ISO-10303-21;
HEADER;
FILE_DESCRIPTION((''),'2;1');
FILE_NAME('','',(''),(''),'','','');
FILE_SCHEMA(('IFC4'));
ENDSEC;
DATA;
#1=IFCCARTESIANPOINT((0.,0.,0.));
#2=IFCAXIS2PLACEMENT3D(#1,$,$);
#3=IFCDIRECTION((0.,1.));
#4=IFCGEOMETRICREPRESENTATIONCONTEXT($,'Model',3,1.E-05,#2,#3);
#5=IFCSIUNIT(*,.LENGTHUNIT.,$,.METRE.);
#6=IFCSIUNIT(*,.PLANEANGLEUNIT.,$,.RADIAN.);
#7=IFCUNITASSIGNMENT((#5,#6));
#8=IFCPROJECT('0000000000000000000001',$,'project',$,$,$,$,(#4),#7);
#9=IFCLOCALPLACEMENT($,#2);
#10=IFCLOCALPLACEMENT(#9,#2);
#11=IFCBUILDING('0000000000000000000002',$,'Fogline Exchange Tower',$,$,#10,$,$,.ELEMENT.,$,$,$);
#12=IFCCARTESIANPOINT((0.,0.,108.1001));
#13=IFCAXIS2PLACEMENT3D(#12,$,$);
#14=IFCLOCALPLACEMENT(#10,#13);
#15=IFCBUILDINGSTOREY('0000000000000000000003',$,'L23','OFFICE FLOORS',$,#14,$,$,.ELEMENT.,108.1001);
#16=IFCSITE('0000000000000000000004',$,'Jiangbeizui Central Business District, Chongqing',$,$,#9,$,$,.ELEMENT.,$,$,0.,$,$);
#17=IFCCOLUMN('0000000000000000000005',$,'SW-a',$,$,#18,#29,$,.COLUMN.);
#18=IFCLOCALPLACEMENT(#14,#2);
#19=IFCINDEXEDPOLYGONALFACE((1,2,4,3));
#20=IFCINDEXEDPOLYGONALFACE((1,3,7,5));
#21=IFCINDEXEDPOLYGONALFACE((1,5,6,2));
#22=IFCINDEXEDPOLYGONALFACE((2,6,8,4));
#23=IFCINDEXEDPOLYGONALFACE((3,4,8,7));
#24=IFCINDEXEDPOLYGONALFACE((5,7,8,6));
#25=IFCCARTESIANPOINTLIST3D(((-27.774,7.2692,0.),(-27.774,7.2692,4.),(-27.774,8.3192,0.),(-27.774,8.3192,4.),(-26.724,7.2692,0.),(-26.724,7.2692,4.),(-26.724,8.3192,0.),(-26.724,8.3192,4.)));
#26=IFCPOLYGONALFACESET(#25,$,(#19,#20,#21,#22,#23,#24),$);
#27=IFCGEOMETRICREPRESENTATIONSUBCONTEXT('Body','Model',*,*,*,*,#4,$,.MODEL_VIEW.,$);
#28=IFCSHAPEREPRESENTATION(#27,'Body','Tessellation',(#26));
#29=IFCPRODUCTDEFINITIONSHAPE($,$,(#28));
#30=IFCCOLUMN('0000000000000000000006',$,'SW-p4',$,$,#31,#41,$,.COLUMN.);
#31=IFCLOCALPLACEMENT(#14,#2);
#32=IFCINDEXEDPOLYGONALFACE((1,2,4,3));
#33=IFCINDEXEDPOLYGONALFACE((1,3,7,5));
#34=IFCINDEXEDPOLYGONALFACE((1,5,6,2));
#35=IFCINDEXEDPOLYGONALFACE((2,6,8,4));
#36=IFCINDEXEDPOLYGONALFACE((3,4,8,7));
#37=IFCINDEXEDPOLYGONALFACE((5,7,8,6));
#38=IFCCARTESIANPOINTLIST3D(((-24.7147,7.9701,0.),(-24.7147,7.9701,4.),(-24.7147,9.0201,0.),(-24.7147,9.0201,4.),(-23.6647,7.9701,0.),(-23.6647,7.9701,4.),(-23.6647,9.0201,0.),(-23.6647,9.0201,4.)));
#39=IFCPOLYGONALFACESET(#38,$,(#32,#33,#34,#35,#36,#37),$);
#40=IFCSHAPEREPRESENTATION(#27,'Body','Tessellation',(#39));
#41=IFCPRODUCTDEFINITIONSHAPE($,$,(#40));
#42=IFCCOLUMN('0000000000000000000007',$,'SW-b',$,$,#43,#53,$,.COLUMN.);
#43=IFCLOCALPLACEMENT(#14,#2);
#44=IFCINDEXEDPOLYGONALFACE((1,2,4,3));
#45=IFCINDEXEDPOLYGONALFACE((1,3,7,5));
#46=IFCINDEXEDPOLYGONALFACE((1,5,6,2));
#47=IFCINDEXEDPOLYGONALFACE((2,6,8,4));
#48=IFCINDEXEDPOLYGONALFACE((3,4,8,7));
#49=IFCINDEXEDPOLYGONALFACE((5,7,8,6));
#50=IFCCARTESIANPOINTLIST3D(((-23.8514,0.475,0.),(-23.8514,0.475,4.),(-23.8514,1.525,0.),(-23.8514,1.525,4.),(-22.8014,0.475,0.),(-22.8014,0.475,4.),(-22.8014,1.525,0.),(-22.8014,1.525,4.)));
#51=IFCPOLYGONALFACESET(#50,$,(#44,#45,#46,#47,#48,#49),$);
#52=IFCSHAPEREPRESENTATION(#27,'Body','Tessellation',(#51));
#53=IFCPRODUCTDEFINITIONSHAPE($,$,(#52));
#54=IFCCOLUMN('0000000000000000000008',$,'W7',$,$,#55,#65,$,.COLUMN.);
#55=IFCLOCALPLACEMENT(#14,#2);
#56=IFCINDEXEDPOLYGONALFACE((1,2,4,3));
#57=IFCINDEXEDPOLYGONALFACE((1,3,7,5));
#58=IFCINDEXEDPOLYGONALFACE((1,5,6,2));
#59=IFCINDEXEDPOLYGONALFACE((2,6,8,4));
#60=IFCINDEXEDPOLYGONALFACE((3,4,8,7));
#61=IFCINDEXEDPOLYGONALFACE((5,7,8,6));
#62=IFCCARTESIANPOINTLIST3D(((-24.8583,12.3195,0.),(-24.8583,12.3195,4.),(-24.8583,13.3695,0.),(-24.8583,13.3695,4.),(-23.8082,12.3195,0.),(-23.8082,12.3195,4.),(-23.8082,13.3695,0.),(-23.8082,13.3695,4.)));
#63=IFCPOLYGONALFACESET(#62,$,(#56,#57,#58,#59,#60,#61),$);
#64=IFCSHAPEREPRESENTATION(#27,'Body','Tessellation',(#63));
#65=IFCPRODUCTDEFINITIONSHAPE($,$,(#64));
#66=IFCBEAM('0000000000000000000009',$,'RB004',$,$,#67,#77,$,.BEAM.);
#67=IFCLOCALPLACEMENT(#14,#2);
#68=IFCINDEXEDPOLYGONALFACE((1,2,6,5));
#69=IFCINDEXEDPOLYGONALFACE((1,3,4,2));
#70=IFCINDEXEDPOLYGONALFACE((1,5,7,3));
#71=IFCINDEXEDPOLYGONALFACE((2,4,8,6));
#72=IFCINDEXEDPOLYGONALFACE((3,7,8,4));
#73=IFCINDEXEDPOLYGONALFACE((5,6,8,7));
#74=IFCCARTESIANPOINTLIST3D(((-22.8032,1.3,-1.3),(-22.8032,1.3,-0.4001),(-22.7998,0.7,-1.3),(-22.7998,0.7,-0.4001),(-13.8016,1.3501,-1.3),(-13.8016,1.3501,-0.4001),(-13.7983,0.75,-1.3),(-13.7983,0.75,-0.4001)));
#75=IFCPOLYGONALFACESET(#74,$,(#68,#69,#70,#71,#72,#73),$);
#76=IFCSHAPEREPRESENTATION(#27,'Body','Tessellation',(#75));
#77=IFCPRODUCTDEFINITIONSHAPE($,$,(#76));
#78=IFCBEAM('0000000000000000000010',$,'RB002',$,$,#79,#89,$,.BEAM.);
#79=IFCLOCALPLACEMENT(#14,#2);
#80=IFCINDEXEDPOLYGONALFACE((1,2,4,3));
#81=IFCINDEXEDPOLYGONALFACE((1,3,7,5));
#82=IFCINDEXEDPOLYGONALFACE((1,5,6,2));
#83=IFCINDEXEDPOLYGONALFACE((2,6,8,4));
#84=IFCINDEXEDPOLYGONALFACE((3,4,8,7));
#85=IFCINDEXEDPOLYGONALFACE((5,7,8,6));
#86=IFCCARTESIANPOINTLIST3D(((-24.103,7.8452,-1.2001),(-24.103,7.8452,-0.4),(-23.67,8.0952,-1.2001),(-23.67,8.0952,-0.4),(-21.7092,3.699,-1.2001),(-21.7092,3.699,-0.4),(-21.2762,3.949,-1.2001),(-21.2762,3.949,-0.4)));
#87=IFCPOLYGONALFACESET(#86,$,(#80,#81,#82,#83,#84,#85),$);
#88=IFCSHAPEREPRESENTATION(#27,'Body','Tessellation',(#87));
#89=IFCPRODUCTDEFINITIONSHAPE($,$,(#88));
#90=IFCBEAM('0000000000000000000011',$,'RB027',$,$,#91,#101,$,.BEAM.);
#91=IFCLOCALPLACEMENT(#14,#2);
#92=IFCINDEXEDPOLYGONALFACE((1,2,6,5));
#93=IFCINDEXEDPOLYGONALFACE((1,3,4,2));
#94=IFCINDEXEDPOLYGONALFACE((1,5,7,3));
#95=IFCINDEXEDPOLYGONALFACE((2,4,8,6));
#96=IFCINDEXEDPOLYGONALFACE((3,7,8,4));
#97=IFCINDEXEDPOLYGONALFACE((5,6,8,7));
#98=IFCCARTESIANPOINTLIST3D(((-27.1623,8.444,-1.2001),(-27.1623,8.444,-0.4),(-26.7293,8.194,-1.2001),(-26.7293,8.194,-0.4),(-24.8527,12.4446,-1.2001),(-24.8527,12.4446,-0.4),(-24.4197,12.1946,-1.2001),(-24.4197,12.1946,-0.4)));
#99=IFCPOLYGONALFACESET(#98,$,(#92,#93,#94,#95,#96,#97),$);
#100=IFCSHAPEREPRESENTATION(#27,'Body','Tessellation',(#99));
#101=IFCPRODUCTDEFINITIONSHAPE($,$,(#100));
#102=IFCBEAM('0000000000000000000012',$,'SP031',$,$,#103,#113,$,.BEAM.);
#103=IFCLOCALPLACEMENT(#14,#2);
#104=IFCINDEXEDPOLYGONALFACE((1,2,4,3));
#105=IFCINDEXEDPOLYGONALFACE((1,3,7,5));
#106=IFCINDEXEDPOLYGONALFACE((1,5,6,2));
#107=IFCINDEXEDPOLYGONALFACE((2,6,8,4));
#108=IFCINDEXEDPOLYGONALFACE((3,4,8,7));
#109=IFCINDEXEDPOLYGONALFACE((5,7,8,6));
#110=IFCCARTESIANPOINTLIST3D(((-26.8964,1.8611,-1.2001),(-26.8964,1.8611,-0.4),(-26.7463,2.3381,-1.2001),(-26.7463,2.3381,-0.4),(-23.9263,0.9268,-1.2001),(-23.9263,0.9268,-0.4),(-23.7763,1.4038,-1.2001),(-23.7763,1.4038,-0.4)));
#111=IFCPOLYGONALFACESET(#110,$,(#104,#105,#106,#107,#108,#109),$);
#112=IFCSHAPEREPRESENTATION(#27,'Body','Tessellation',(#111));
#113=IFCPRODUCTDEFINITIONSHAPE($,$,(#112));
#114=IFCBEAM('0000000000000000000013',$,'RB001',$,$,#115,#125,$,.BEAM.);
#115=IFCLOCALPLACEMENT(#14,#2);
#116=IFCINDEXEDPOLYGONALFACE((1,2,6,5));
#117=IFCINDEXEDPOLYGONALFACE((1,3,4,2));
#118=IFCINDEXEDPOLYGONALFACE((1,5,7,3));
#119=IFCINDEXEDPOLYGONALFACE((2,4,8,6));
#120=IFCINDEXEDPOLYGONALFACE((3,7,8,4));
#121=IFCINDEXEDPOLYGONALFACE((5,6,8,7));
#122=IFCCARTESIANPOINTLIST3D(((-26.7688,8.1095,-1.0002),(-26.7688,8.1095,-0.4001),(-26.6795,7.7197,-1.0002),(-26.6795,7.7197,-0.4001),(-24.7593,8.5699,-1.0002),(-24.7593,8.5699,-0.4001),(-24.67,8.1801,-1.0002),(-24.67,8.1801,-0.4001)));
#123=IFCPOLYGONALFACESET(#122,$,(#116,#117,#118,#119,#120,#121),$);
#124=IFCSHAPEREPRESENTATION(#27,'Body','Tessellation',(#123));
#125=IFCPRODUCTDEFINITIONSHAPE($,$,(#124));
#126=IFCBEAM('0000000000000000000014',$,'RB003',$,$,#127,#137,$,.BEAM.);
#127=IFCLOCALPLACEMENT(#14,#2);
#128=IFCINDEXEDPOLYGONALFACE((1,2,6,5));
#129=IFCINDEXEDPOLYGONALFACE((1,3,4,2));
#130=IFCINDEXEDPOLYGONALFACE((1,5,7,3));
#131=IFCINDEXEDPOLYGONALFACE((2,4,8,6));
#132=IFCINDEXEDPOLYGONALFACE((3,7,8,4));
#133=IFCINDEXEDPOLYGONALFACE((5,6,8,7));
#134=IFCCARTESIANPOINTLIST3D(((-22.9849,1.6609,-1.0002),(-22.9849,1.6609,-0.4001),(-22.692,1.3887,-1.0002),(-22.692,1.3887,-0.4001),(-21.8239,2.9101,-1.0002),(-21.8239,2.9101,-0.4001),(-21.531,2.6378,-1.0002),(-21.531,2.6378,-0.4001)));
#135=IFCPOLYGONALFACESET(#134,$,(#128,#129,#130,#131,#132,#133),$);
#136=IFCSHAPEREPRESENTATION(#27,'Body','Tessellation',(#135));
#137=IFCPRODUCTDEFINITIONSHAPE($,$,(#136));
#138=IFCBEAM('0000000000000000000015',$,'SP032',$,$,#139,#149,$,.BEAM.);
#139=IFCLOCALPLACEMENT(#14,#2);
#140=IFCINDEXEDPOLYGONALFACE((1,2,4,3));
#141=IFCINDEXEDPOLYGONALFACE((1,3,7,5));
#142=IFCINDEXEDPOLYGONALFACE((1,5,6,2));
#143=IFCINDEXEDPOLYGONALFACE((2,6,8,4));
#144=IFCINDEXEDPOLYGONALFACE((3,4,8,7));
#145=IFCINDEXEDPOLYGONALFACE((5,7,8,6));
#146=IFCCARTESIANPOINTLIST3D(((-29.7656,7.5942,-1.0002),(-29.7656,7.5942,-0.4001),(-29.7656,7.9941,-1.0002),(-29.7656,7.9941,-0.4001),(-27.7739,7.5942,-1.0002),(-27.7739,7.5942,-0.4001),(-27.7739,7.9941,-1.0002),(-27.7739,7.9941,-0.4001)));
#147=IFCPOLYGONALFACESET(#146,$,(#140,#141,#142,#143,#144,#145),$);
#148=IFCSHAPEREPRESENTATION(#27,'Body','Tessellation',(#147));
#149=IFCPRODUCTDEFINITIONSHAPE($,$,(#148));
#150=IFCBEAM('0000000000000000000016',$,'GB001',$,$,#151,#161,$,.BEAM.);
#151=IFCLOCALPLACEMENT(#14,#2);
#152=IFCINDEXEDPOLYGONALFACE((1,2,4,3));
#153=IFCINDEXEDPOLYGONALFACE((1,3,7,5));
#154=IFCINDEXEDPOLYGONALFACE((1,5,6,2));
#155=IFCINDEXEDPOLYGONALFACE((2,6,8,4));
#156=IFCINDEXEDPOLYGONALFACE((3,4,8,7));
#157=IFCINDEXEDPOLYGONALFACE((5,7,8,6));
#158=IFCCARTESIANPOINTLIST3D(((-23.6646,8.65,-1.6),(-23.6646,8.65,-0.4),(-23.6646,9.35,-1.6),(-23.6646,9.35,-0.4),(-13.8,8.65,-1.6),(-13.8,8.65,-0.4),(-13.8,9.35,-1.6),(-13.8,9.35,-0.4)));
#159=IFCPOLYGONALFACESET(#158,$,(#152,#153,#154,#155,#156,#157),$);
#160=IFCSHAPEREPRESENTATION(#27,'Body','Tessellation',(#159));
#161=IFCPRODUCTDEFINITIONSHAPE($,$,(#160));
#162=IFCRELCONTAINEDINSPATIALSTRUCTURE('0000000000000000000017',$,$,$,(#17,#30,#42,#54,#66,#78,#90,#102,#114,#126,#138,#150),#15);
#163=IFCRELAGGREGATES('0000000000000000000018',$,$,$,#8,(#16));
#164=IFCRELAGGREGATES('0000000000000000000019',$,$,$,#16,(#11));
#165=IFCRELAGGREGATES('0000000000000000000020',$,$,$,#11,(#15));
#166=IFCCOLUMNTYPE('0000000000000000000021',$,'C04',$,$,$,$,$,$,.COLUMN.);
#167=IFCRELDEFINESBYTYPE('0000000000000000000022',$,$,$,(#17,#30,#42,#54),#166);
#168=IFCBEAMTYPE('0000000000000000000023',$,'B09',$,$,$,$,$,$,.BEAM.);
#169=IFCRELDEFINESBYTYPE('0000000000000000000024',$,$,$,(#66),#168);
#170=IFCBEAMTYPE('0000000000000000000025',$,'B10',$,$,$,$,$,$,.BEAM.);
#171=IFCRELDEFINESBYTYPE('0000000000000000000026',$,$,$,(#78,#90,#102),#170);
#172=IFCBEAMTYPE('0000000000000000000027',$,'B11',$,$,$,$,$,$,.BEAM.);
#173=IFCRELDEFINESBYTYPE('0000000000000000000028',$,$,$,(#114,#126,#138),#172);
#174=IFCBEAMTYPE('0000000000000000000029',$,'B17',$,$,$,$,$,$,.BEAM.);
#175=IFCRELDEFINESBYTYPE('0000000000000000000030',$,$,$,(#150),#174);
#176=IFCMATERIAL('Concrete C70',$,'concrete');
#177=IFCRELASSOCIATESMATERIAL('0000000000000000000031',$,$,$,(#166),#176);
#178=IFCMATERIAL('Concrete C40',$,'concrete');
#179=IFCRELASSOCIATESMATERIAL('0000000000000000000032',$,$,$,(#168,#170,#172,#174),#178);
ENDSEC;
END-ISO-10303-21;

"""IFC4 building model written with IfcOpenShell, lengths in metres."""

from ifc_helpers import new_model, si_unit, direction, frame, origin, origin_2d, place, context, subcontext, project, spatial, rectangle, extrude, material, material_profile, profile_set, type_object, element, save


model = new_model("IFC4")

# Units and contexts
model_context = context("Model", 3, precision=1e-05, world=origin(), true_north=direction((0.0, 1.0)))
body_context = subcontext(model_context, "Body", "Model", "MODEL_VIEW")
ifc_project = project(units=[si_unit("LENGTHUNIT", "METRE"), si_unit("PLANEANGLEUNIT", "RADIAN")], contexts=[model_context])

# Site, building, storey
site_placement = place(None, origin())
site = spatial("IfcSite", under=ifc_project, at=site_placement, Name="Jiangbeizui Central Business District, Chongqing", CompositionType="ELEMENT", RefElevation=0.0)
building_placement = place(site_placement, origin())
building = spatial("IfcBuilding", under=site, at=building_placement, Name="Fogline Exchange Tower", CompositionType="ELEMENT")
storey_placement = place(building_placement, frame((0.0, 0.0, 108.1001)))
storey = spatial("IfcBuildingStorey", under=building, at=storey_placement, Name="L23", Description="OFFICE FLOORS", CompositionType="ELEMENT", Elevation=108.1001)

# Columns
ifc_material_1 = material(Name="Concrete C70", Category="concrete")
ifc_material_profile_1 = material_profile(ifc_material_1, rectangle(XDim=1.05, YDim=1.05, at=origin_2d()), Name="RC 1050x1050")
ifc_profile_set_1 = profile_set([ifc_material_profile_1], Name="Concrete C70")
column_type = type_object("IfcColumnType", Name="C04", PredefinedType="COLUMN", material=ifc_profile_set_1)
for number, where, z_axis, x_axis, name in (
    (1, (-27.249, 7.7942, 0.0), (0.0, 0.0, 1.0), (1.0, 0.0, 0.0), "SW-a"),
    (2, (-24.1897, 8.4951, 0.0), (0.0, 0.0, 1.0), (1.0, 0.0, 0.0), "SW-p4"),
    (3, (-23.3264, 1.0, 0.0), (0.0, 0.0, 1.0), (1.0, 0.0, 0.0), "SW-b"),
    (4, (-24.3333, 12.8445, 0.0), (0.0, 0.0, 1.0), (1.0, 0.0, 0.0), "W7"),
):
    element("IfcColumn", number, at=place(storey_placement, frame(where, z_axis=z_axis, x_axis=x_axis)), inside=storey, type_object=column_type, Name=name, PredefinedType="COLUMN", context=body_context, shape_type="SweptSolid", body=[
        extrude(rectangle(XDim=1.05, YDim=1.05, at=origin_2d()), origin(), (0.0, 0.0, 1.0), 4.0),
    ])

# Beams
ifc_material_2 = material(Name="Concrete C40", Category="concrete")
ifc_material_profile_2 = material_profile(ifc_material_2, rectangle(XDim=0.6001, YDim=0.8999, at=origin_2d()), Name="RC 600x900")
ifc_profile_set_2 = profile_set([ifc_material_profile_2], Name="Concrete C40")
beam_type_1 = type_object("IfcBeamType", Name="B09", PredefinedType="BEAM", material=ifc_profile_set_2)
beam_1_placement = place(storey_placement, frame((-22.8015, 1.0, -0.8501), z_axis=(0.999985, 0.00556, 0.0), x_axis=(-0.00556, 0.999985, 0.0)))
element("IfcBeam", 5, at=beam_1_placement, inside=storey, type_object=beam_type_1, Name="RB004", PredefinedType="BEAM", context=body_context, shape_type="SweptSolid", body=[
    extrude(rectangle(XDim=0.6001, YDim=0.8999, at=origin_2d()), origin(), (0.0, 0.0, 1.0), 9.0017),
])
ifc_material_profile_3 = material_profile(ifc_material_2, rectangle(XDim=0.5, YDim=0.8, at=origin_2d()), Name="RC 500x800")
ifc_profile_set_3 = profile_set([ifc_material_profile_3], Name="Concrete C40")
beam_type_2 = type_object("IfcBeamType", Name="B10", PredefinedType="BEAM", material=ifc_profile_set_3)
beam_2_placement = place(storey_placement, frame((-23.8865, 7.9702, -0.8), z_axis=(0.499995, -0.866028, 0.0), x_axis=(0.866028, 0.499995, 0.0)))
element("IfcBeam", 6, at=beam_2_placement, inside=storey, type_object=beam_type_2, Name="RB002", PredefinedType="BEAM", context=body_context, shape_type="SweptSolid", body=[
    extrude(rectangle(XDim=0.5, YDim=0.8, at=origin_2d()), origin(), (0.0, 0.0, 1.0), 4.7876),
])
beam_3_placement = place(storey_placement, frame((-24.6362, 12.3196, -0.8), z_axis=(-0.499982, -0.866036, 0.0), x_axis=(0.866036, -0.499982, 0.0)))
element("IfcBeam", 7, at=beam_3_placement, inside=storey, type_object=beam_type_2, Name="RB027", PredefinedType="BEAM", context=body_context, shape_type="SweptSolid", body=[
    extrude(rectangle(XDim=0.5, YDim=0.8, at=origin_2d()), origin(), (0.0, 0.0, 1.0), 4.6194),
])
beam_4_placement = place(storey_placement, frame((-23.8513, 1.1653, -0.8), z_axis=(-0.95391, 0.300092, 0.0), x_axis=(-0.300092, -0.95391, 0.0)))
element("IfcBeam", 8, at=beam_4_placement, inside=storey, type_object=beam_type_2, Name="SP031", PredefinedType="BEAM", context=body_context, shape_type="SweptSolid", body=[
    extrude(rectangle(XDim=0.5, YDim=0.8, at=origin_2d()), origin(), (0.0, 0.0, 1.0), 3.1135),
])
ifc_material_profile_4 = material_profile(ifc_material_2, rectangle(XDim=0.3999, YDim=0.6001, at=origin_2d()), Name="RC 400x600")
ifc_profile_set_4 = profile_set([ifc_material_profile_4], Name="Concrete C40")
beam_type_3 = type_object("IfcBeamType", Name="B11", PredefinedType="BEAM", material=ifc_profile_set_4)
beam_5_placement = place(storey_placement, frame((-26.7241, 7.9146, -0.7002), z_axis=(0.974739, 0.223346, 0.0), x_axis=(-0.223346, 0.974739, 0.0)))
element("IfcBeam", 9, at=beam_5_placement, inside=storey, type_object=beam_type_3, Name="RB001", PredefinedType="BEAM", context=body_context, shape_type="SweptSolid", body=[
    extrude(rectangle(XDim=0.3999, YDim=0.6001, at=origin_2d()), origin(), (0.0, 0.0, 1.0), 2.0615),
])
beam_6_placement = place(storey_placement, frame((-21.6775, 2.7739, -0.7002), z_axis=(-0.680792, -0.732477, 0.0), x_axis=(0.732477, -0.680792, 0.0)))
element("IfcBeam", 10, at=beam_6_placement, inside=storey, type_object=beam_type_3, Name="RB003", PredefinedType="BEAM", context=body_context, shape_type="SweptSolid", body=[
    extrude(rectangle(XDim=0.3999, YDim=0.6001, at=origin_2d()), origin(), (0.0, 0.0, 1.0), 1.7053),
])
beam_7_placement = place(storey_placement, frame((-27.7739, 7.7942, -0.7002), z_axis=(-1.0, 0.0, 0.0), x_axis=(0.0, -1.0, 0.0)))
element("IfcBeam", 11, at=beam_7_placement, inside=storey, type_object=beam_type_3, Name="SP032", PredefinedType="BEAM", context=body_context, shape_type="SweptSolid", body=[
    extrude(rectangle(XDim=0.3999, YDim=0.6001, at=origin_2d()), origin(), (0.0, 0.0, 1.0), 1.9917),
])
ifc_material_profile_5 = material_profile(ifc_material_2, rectangle(XDim=0.7, YDim=1.2, at=origin_2d()), Name="RC 700x1200")
ifc_profile_set_5 = profile_set([ifc_material_profile_5], Name="Concrete C40")
beam_type_4 = type_object("IfcBeamType", Name="B17", PredefinedType="BEAM", material=ifc_profile_set_5)
beam_8_placement = place(storey_placement, frame((-23.6646, 9.0, -1.0), z_axis=(1.0, 0.0, 0.0), x_axis=(0.0, 1.0, 0.0)))
element("IfcBeam", 12, at=beam_8_placement, inside=storey, type_object=beam_type_4, Name="GB001", PredefinedType="BEAM", context=body_context, shape_type="SweptSolid", body=[
    extrude(rectangle(XDim=0.7, YDim=1.2, at=origin_2d()), origin(), (0.0, 0.0, 1.0), 9.8645),
])

save(model, "model.ifc")
